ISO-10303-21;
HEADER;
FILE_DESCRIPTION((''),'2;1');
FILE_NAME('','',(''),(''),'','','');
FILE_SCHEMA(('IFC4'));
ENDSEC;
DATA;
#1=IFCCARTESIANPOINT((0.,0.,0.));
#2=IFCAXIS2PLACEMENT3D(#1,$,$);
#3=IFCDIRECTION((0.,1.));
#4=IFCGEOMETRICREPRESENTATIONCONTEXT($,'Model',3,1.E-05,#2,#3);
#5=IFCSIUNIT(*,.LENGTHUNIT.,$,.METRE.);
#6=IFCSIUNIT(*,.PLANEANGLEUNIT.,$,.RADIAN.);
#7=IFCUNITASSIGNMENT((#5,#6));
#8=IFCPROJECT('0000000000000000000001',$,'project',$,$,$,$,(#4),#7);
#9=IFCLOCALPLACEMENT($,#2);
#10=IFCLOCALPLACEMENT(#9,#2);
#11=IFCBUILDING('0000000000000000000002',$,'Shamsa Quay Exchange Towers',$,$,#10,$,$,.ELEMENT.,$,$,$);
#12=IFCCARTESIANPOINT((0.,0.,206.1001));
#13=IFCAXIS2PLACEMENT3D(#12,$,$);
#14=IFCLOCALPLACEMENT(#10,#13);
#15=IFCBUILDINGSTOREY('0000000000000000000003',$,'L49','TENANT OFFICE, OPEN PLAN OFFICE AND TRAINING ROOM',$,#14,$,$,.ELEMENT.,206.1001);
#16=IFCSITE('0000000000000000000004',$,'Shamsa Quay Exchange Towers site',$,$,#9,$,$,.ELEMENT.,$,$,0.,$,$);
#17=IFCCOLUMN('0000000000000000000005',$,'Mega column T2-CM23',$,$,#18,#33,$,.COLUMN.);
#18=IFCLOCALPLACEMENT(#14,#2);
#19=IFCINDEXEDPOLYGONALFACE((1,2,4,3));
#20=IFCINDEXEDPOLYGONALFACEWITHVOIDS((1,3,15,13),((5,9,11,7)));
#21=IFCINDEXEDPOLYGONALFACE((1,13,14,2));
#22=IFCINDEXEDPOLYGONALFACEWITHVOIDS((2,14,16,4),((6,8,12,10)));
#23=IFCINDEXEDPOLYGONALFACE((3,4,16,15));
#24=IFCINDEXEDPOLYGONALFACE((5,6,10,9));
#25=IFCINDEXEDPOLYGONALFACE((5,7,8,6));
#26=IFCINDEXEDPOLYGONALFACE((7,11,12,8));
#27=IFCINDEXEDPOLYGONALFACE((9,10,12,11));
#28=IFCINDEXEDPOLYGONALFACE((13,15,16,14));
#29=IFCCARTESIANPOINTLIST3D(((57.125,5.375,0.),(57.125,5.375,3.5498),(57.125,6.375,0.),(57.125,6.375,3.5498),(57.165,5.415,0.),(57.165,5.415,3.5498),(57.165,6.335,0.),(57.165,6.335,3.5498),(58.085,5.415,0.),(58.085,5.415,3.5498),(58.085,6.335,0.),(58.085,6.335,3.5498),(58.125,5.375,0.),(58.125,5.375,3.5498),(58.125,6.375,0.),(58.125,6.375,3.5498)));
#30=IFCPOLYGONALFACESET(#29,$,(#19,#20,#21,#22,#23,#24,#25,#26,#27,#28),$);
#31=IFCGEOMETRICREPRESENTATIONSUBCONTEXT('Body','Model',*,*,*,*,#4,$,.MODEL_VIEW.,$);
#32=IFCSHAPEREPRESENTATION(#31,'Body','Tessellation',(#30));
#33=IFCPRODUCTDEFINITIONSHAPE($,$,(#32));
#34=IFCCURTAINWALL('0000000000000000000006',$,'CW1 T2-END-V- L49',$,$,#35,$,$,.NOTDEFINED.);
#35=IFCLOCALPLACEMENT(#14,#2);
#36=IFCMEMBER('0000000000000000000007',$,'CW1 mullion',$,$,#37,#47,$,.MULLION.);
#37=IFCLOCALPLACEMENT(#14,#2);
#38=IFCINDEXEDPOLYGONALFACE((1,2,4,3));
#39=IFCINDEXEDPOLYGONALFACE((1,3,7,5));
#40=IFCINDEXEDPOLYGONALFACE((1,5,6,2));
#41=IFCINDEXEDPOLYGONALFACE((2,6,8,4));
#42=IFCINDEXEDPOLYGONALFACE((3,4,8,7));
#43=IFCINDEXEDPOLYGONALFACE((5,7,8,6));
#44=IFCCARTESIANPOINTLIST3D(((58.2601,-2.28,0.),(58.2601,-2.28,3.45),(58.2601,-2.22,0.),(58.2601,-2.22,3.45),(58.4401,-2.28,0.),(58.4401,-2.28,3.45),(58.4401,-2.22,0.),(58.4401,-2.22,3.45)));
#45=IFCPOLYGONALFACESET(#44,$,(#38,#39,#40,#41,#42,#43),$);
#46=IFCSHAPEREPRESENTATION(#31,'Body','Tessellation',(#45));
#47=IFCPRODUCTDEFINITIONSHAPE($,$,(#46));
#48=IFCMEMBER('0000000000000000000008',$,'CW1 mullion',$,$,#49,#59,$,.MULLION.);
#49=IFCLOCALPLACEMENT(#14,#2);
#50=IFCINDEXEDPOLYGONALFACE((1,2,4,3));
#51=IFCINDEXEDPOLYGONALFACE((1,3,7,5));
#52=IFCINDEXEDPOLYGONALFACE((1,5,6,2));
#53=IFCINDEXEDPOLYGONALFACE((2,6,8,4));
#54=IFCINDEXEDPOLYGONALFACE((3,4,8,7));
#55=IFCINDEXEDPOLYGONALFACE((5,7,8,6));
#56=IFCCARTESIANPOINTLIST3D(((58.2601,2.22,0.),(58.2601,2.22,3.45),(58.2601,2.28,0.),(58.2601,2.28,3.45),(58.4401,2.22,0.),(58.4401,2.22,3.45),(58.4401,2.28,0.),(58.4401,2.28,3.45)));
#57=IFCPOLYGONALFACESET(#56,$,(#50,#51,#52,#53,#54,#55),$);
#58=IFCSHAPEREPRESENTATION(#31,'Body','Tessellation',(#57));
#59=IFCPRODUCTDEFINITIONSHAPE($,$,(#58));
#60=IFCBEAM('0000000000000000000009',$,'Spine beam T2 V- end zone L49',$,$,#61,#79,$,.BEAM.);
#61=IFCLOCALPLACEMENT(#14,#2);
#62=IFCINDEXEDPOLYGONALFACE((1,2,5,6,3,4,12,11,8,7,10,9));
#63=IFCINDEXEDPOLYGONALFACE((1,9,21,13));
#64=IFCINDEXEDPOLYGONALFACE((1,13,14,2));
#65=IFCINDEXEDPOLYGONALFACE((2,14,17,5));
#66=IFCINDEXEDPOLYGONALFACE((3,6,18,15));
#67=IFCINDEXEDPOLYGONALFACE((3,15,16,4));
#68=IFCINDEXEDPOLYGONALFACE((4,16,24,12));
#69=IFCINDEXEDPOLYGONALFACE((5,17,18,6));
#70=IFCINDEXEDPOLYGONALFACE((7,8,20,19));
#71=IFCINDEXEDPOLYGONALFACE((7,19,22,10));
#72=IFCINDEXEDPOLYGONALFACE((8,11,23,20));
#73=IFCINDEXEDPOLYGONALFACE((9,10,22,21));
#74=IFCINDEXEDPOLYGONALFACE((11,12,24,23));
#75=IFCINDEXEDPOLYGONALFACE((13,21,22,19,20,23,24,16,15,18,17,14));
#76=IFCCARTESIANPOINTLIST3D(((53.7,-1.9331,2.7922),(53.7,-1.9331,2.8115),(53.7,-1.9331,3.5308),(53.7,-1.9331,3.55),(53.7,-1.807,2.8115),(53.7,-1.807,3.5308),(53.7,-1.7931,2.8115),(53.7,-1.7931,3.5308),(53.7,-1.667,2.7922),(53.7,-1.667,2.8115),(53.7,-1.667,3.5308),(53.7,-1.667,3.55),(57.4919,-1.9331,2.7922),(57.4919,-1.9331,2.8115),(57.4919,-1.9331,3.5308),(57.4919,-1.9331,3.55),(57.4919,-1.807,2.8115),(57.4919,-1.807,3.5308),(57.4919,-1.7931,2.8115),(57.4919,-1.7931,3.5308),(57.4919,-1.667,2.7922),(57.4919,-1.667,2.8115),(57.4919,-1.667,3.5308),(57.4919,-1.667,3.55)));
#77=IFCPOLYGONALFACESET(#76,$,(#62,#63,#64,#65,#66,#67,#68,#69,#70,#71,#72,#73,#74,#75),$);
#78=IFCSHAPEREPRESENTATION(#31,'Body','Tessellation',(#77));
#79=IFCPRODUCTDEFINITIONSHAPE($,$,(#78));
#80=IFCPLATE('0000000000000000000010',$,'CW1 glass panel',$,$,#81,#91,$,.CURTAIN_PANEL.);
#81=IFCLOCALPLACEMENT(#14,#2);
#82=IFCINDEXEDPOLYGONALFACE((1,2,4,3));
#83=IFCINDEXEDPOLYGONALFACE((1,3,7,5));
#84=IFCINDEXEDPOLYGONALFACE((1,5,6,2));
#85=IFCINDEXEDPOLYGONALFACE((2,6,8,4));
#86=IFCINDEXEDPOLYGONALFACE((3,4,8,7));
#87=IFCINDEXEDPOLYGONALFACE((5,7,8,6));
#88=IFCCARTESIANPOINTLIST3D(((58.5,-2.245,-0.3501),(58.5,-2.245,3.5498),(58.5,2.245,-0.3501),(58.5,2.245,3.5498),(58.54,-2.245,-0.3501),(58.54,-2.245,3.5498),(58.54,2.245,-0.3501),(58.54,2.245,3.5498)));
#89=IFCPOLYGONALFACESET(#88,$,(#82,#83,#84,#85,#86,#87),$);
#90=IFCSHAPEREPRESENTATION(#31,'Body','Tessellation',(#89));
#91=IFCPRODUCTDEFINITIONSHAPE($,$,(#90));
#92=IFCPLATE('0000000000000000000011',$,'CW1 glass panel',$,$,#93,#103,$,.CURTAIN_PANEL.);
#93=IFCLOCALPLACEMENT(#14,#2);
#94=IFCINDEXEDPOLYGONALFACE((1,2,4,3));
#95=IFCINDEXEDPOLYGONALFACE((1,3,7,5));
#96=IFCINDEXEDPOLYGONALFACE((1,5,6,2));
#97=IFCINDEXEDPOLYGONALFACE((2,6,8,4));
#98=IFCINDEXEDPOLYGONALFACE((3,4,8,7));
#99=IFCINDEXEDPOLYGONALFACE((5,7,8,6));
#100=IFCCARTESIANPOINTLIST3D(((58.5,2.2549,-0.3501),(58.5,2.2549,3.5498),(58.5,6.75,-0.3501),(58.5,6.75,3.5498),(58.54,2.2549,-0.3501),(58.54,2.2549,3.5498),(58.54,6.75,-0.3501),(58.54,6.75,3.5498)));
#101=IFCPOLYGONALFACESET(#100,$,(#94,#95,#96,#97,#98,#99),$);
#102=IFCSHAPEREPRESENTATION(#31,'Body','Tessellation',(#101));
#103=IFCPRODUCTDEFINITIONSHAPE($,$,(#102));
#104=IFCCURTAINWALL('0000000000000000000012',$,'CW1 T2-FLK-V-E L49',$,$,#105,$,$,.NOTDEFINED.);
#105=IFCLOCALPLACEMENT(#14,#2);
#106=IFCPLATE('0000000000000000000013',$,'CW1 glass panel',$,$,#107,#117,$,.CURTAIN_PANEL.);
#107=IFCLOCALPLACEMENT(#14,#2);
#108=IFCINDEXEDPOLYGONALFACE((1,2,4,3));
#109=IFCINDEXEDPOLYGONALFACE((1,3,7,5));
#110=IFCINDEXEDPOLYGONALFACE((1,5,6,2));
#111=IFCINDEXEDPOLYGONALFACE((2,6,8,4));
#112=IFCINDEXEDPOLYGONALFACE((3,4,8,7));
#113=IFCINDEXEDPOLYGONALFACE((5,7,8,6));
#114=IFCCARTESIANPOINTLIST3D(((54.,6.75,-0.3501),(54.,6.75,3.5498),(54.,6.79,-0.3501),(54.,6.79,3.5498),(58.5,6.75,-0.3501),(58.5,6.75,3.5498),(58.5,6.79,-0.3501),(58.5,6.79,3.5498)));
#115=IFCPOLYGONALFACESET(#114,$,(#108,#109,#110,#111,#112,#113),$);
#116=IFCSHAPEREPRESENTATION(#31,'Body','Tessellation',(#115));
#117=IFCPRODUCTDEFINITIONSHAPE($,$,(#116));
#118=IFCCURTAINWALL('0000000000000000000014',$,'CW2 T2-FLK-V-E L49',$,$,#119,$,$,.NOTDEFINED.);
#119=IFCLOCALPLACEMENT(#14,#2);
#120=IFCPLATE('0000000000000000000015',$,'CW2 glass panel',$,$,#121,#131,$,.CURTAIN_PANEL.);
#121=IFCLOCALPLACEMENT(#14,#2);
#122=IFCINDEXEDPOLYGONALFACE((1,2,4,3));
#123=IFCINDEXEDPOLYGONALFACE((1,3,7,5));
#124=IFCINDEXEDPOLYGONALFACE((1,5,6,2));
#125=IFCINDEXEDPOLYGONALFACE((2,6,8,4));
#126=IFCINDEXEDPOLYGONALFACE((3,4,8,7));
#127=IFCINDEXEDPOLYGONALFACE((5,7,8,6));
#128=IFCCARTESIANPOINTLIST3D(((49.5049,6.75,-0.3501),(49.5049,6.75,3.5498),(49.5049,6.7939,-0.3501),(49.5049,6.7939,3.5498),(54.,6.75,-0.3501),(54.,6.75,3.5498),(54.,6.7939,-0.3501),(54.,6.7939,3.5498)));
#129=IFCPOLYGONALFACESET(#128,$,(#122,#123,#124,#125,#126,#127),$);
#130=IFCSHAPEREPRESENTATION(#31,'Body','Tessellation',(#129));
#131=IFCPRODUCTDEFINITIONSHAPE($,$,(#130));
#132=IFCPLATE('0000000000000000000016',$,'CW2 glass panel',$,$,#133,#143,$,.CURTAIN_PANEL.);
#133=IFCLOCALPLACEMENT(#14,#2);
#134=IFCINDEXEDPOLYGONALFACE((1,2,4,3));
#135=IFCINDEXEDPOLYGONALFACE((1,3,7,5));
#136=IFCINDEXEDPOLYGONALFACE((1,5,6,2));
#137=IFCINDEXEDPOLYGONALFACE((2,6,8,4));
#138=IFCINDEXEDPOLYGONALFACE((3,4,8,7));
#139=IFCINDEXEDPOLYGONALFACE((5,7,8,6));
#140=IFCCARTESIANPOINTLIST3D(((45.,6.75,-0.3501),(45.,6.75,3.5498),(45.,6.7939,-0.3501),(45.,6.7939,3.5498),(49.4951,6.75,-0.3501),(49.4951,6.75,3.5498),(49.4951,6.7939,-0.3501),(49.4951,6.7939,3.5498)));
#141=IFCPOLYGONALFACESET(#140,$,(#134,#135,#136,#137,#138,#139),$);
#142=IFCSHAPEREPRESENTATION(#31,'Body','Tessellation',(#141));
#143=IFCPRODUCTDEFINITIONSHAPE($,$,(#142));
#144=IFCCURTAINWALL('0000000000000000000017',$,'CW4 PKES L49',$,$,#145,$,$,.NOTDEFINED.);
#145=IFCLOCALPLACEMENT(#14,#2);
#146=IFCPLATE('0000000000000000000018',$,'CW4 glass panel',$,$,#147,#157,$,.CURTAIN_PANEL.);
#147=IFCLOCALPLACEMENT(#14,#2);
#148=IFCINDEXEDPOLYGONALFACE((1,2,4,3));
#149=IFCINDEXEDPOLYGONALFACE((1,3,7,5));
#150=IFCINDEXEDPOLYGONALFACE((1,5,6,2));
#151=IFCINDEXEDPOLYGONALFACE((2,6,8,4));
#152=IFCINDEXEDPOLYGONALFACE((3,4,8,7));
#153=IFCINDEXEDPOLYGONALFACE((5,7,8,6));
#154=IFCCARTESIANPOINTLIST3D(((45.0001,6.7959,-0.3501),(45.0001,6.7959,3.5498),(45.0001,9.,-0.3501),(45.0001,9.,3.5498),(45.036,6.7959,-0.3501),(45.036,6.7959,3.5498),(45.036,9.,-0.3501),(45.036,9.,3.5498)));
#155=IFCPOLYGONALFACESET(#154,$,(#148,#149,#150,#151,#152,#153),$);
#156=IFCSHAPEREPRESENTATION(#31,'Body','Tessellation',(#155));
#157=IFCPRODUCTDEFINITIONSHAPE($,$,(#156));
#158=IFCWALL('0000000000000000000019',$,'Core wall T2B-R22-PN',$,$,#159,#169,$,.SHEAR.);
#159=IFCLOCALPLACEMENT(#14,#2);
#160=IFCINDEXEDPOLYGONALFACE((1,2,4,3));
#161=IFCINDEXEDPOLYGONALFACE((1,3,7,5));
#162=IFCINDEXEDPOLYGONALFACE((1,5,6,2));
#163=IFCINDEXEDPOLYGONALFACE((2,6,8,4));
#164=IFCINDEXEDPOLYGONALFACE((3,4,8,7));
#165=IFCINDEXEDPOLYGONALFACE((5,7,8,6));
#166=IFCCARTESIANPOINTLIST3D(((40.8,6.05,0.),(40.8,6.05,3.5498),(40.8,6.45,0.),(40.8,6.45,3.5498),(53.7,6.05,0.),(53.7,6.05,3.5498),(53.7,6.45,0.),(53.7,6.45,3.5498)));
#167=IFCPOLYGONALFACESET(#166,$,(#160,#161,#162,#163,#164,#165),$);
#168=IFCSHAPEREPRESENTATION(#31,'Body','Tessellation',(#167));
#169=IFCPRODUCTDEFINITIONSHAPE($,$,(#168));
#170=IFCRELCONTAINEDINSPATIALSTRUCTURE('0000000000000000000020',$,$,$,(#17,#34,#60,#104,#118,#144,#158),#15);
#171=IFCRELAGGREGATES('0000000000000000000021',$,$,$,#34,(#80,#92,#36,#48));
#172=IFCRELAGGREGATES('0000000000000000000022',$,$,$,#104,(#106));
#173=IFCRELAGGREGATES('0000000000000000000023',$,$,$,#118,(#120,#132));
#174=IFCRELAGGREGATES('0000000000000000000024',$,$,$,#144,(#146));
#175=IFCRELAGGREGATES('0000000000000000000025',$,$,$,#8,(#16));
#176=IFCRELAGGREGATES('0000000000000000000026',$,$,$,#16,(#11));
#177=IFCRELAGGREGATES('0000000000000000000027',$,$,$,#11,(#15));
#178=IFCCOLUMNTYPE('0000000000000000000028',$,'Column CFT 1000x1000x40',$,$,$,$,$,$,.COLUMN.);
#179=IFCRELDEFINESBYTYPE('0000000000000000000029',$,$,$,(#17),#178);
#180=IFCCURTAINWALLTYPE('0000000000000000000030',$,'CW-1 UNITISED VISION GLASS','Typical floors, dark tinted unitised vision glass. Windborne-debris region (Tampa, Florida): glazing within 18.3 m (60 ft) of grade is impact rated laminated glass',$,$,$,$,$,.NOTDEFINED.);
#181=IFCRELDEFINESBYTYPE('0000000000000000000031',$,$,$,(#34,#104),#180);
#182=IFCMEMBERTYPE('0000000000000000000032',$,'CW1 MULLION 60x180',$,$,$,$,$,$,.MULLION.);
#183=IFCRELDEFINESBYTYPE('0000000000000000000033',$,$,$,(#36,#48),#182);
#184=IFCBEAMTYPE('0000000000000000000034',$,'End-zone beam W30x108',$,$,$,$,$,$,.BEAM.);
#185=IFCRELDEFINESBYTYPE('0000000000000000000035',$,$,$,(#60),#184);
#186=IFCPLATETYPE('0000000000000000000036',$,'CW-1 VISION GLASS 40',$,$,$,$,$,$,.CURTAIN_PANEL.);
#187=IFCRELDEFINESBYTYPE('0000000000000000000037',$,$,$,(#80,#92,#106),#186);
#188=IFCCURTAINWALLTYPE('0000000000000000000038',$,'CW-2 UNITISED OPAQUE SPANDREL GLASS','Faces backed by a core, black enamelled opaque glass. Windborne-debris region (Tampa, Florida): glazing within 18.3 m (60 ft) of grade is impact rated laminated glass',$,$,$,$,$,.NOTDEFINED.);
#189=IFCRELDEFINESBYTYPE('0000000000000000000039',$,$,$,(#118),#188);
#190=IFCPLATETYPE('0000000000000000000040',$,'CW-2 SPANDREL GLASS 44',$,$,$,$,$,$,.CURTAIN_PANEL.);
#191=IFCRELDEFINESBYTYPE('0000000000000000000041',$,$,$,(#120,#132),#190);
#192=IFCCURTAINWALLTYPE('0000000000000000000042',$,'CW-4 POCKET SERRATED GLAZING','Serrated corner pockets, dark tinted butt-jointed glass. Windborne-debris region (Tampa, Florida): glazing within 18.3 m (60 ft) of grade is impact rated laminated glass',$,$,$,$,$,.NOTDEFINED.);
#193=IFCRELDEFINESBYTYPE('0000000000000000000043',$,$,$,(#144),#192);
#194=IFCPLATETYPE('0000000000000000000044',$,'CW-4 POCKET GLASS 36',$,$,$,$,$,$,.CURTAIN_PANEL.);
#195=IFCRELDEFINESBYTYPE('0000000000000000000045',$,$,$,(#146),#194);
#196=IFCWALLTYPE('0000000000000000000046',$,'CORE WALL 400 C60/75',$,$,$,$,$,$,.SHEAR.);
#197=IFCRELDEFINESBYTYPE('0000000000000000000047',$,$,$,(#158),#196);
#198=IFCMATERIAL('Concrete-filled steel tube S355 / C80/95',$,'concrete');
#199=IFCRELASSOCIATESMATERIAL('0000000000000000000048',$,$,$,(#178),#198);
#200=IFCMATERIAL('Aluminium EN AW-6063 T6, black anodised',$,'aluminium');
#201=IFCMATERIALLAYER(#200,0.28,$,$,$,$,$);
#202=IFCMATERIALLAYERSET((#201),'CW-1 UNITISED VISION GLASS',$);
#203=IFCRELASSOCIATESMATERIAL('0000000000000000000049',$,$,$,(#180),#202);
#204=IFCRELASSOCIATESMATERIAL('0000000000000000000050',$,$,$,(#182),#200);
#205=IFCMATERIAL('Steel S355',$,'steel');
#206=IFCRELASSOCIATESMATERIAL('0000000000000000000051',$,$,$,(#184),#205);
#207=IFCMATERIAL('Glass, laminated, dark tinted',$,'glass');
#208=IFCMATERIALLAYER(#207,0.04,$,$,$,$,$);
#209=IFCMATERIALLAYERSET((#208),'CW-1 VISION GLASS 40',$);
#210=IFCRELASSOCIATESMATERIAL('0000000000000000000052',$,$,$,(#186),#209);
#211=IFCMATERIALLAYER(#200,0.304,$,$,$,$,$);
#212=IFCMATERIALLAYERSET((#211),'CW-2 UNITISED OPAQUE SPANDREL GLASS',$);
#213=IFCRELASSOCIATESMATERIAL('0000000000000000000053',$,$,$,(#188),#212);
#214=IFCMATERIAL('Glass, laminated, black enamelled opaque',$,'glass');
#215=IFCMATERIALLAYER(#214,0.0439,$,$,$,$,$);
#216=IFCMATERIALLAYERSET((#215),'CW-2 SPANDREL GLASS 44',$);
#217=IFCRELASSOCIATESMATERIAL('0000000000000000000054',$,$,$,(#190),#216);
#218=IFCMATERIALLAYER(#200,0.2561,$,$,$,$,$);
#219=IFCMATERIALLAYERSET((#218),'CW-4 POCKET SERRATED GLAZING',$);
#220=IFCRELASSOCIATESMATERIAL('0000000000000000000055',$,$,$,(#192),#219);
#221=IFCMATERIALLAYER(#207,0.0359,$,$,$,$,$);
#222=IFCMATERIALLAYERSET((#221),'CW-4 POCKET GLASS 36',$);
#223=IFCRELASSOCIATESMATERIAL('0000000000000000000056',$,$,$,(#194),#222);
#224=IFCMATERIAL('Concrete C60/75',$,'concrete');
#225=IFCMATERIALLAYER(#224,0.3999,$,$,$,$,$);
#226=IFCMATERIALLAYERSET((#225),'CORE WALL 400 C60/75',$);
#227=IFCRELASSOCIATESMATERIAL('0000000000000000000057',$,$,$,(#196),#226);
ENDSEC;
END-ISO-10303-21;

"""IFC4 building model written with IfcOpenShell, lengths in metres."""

from ifc_helpers import new_model, si_unit, direction, frame, frame_2d, origin, origin_2d, place, context, subcontext, project, spatial, rectangle, hollow_rectangle, i_section, extrude, material, layer, layer_set, material_profile, profile_set, type_object, element, aggregate, save


model = new_model("IFC4")

# Units and contexts
model_context = context("Model", 3, precision=1e-05, world=origin(), true_north=direction((0.0, 1.0)))
body_context = subcontext(model_context, "Body", "Model", "MODEL_VIEW")
ifc_project = project(units=[si_unit("LENGTHUNIT", "METRE"), si_unit("PLANEANGLEUNIT", "RADIAN")], contexts=[model_context])

# Site, building, storey
site_placement = place(None, origin())
site = spatial("IfcSite", under=ifc_project, at=site_placement, Name="Shamsa Quay Exchange Towers site", CompositionType="ELEMENT", RefElevation=0.0)
building_placement = place(site_placement, origin())
building = spatial("IfcBuilding", under=site, at=building_placement, Name="Shamsa Quay Exchange Towers", CompositionType="ELEMENT")
storey_placement = place(building_placement, frame((0.0, 0.0, 206.1001)))
storey = spatial("IfcBuildingStorey", under=building, at=storey_placement, Name="L49", Description="TENANT OFFICE, OPEN PLAN OFFICE AND TRAINING ROOM", CompositionType="ELEMENT", Elevation=206.1001)

# Column
ifc_material_1 = material(Name="Concrete-filled steel tube S355 / C80/95", Category="concrete")
ifc_material_profile_1 = material_profile(ifc_material_1, hollow_rectangle(XDim=1.0, YDim=1.0, WallThickness=0.04, at=origin_2d()), Name="CFT 1000x1000x40")
ifc_profile_set_1 = profile_set([ifc_material_profile_1], Name="Concrete-filled steel tube S355 / C80/95")
column_type = type_object("IfcColumnType", Name="Column CFT 1000x1000x40", PredefinedType="COLUMN", material=ifc_profile_set_1)
column_placement = place(storey_placement, frame((57.625, 5.875, 0.0)))
element("IfcColumn", 1, at=column_placement, inside=storey, type_object=column_type, Name="Mega column T2-CM23", PredefinedType="COLUMN", context=body_context, shape_type="SweptSolid", body=[
    extrude(hollow_rectangle(XDim=1.0, YDim=1.0, WallThickness=0.04, at=origin_2d()), origin(), (0.0, 0.0, 1.0), 3.5498),
])

# Curtain wall, members
ifc_material_2 = material(Name="Aluminium EN AW-6063 T6, black anodised", Category="aluminium")
ifc_layer_1 = layer(ifc_material_2, 0.28)
ifc_layer_set_1 = layer_set([ifc_layer_1], Name="CW-1 UNITISED VISION GLASS")
curtain_wall_type_1 = type_object("IfcCurtainWallType", Name="CW-1 UNITISED VISION GLASS", Description="Typical floors, dark tinted unitised vision glass. Windborne-debris region (Tampa, Florida): glazing within 18.3 m (60 ft) of grade is impact rated laminated glass", PredefinedType="NOTDEFINED", material=ifc_layer_set_1)
curtain_wall_1_placement = place(storey_placement, origin())
curtain_wall_1 = element("IfcCurtainWall", 2, at=curtain_wall_1_placement, inside=storey, type_object=curtain_wall_type_1, Name="CW1 T2-END-V- L49", PredefinedType="NOTDEFINED")
ifc_material_profile_2 = material_profile(ifc_material_2, rectangle(XDim=0.1799, YDim=0.0601, at=origin_2d()), Name="MU60x180")
ifc_profile_set_2 = profile_set([ifc_material_profile_2], Name="Aluminium EN AW-6063 T6, black anodised")
member_type = type_object("IfcMemberType", Name="CW1 MULLION 60x180", PredefinedType="MULLION", material=ifc_profile_set_2)
member_1_placement = place(storey_placement, frame((58.3501, -2.25, 0.0), z_axis=(0.0, 0.0, 1.0), x_axis=(-1.0, 0.0, 0.0)))
member_1 = element("IfcMember", 3, at=member_1_placement, type_object=member_type, Name="CW1 mullion", PredefinedType="MULLION", context=body_context, shape_type="SweptSolid", body=[
    extrude(rectangle(XDim=0.1799, YDim=0.0601, at=origin_2d()), origin(), (0.0, 0.0, 1.0), 3.45),
])
member_2_placement = place(storey_placement, frame((58.3501, 2.25, 0.0), z_axis=(0.0, 0.0, 1.0), x_axis=(-1.0, 0.0, 0.0)))
member_2 = element("IfcMember", 4, at=member_2_placement, type_object=member_type, Name="CW1 mullion", PredefinedType="MULLION", context=body_context, shape_type="SweptSolid", body=[
    extrude(rectangle(XDim=0.1799, YDim=0.0601, at=origin_2d()), origin(), (0.0, 0.0, 1.0), 3.45),
])

# Beam
ifc_material_3 = material(Name="Steel S355", Category="steel")
ifc_material_profile_3 = material_profile(ifc_material_3, i_section(OverallWidth=0.2661, OverallDepth=0.7578, WebThickness=0.0139, FlangeThickness=0.0193, at=origin_2d()), Name="W30x108")
ifc_profile_set_3 = profile_set([ifc_material_profile_3], Name="Steel S355")
beam_type = type_object("IfcBeamType", Name="End-zone beam W30x108", PredefinedType="BEAM", material=ifc_profile_set_3)
beam_placement = place(storey_placement, frame((53.7, -1.8, 3.1711), z_axis=(1.0, 0.0, 0.0), x_axis=(0.0, 1.0, 0.0)))
element("IfcBeam", 5, at=beam_placement, inside=storey, type_object=beam_type, Name="Spine beam T2 V- end zone L49", PredefinedType="BEAM", context=body_context, shape_type="SweptSolid", body=[
    extrude(i_section(OverallWidth=0.2661, OverallDepth=0.7578, WebThickness=0.0139, FlangeThickness=0.0193, at=origin_2d()), origin(), (0.0, 0.0, 1.0), 3.792),
])

# Plates
ifc_material_4 = material(Name="Glass, laminated, dark tinted", Category="glass")
ifc_layer_2 = layer(ifc_material_4, 0.04)
ifc_layer_set_2 = layer_set([ifc_layer_2], Name="CW-1 VISION GLASS 40")
plate_type_1 = type_object("IfcPlateType", Name="CW-1 VISION GLASS 40", PredefinedType="CURTAIN_PANEL", material=ifc_layer_set_2)
plate_1_placement = place(storey_placement, frame((58.52, 0.0, -0.3501), z_axis=(0.0, 0.0, 1.0), x_axis=(0.0, 1.0, 0.0)))
plate_1 = element("IfcPlate", 6, at=plate_1_placement, type_object=plate_type_1, Name="CW1 glass panel", PredefinedType="CURTAIN_PANEL", context=body_context, shape_type="SweptSolid", body=[
    extrude(rectangle(XDim=4.49, YDim=0.04, at=origin_2d()), origin(), (0.0, 0.0, 1.0), 3.8999),
])
plate_2_placement = place(storey_placement, frame((58.52, 4.5024, -0.3501), z_axis=(0.0, 0.0, 1.0), x_axis=(0.0, 1.0, 0.0)))
plate_2 = element("IfcPlate", 7, at=plate_2_placement, type_object=plate_type_1, Name="CW1 glass panel", PredefinedType="CURTAIN_PANEL", context=body_context, shape_type="SweptSolid", body=[
    extrude(rectangle(XDim=4.4951, YDim=0.04, at=origin_2d()), origin(), (0.0, 0.0, 1.0), 3.8999),
])
aggregate(curtain_wall_1, [plate_1, plate_2, member_1, member_2])

# Curtain wall, plate
curtain_wall_2_placement = place(storey_placement, origin())
curtain_wall_2 = element("IfcCurtainWall", 8, at=curtain_wall_2_placement, inside=storey, type_object=curtain_wall_type_1, Name="CW1 T2-FLK-V-E L49", PredefinedType="NOTDEFINED")
plate_3_placement = place(storey_placement, frame((56.25, 6.77, -0.3501), z_axis=(0.0, 0.0, 1.0), x_axis=(-1.0, 0.0, 0.0)))
plate_3 = element("IfcPlate", 9, at=plate_3_placement, type_object=plate_type_1, Name="CW1 glass panel", PredefinedType="CURTAIN_PANEL", context=body_context, shape_type="SweptSolid", body=[
    extrude(rectangle(XDim=4.5, YDim=0.04, at=origin_2d()), origin(), (0.0, 0.0, 1.0), 3.8999),
])
aggregate(curtain_wall_2, [plate_3])

# Curtain wall, plates
ifc_layer_3 = layer(ifc_material_2, 0.304)
ifc_layer_set_3 = layer_set([ifc_layer_3], Name="CW-2 UNITISED OPAQUE SPANDREL GLASS")
curtain_wall_type_2 = type_object("IfcCurtainWallType", Name="CW-2 UNITISED OPAQUE SPANDREL GLASS", Description="Faces backed by a core, black enamelled opaque glass. Windborne-debris region (Tampa, Florida): glazing within 18.3 m (60 ft) of grade is impact rated laminated glass", PredefinedType="NOTDEFINED", material=ifc_layer_set_3)
curtain_wall_3_placement = place(storey_placement, origin())
curtain_wall_3 = element("IfcCurtainWall", 10, at=curtain_wall_3_placement, inside=storey, type_object=curtain_wall_type_2, Name="CW2 T2-FLK-V-E L49", PredefinedType="NOTDEFINED")
ifc_material_5 = material(Name="Glass, laminated, black enamelled opaque", Category="glass")
ifc_layer_4 = layer(ifc_material_5, 0.0439)
ifc_layer_set_4 = layer_set([ifc_layer_4], Name="CW-2 SPANDREL GLASS 44")
plate_type_2 = type_object("IfcPlateType", Name="CW-2 SPANDREL GLASS 44", PredefinedType="CURTAIN_PANEL", material=ifc_layer_set_4)
plate_4_placement = place(storey_placement, frame((51.7524, 6.772, -0.3501), z_axis=(0.0, 0.0, 1.0), x_axis=(-1.0, 0.0, 0.0)))
plate_4 = element("IfcPlate", 11, at=plate_4_placement, type_object=plate_type_2, Name="CW2 glass panel", PredefinedType="CURTAIN_PANEL", context=body_context, shape_type="SweptSolid", body=[
    extrude(rectangle(XDim=4.4951, YDim=0.0439, at=origin_2d()), origin(), (0.0, 0.0, 1.0), 3.8999),
])
plate_5_placement = place(storey_placement, frame((47.2476, 6.772, -0.3501), z_axis=(0.0, 0.0, 1.0), x_axis=(-1.0, 0.0, 0.0)))
plate_5 = element("IfcPlate", 12, at=plate_5_placement, type_object=plate_type_2, Name="CW2 glass panel", PredefinedType="CURTAIN_PANEL", context=body_context, shape_type="SweptSolid", body=[
    extrude(rectangle(XDim=4.4951, YDim=0.0439, at=origin_2d()), origin(), (0.0, 0.0, 1.0), 3.8999),
])
aggregate(curtain_wall_3, [plate_4, plate_5])

# Curtain wall, plate
ifc_layer_5 = layer(ifc_material_2, 0.2561)
ifc_layer_set_5 = layer_set([ifc_layer_5], Name="CW-4 POCKET SERRATED GLAZING")
curtain_wall_type_3 = type_object("IfcCurtainWallType", Name="CW-4 POCKET SERRATED GLAZING", Description="Serrated corner pockets, dark tinted butt-jointed glass. Windborne-debris region (Tampa, Florida): glazing within 18.3 m (60 ft) of grade is impact rated laminated glass", PredefinedType="NOTDEFINED", material=ifc_layer_set_5)
curtain_wall_4_placement = place(storey_placement, origin())
curtain_wall_4 = element("IfcCurtainWall", 13, at=curtain_wall_4_placement, inside=storey, type_object=curtain_wall_type_3, Name="CW4 PKES L49", PredefinedType="NOTDEFINED")
ifc_layer_6 = layer(ifc_material_4, 0.0359)
ifc_layer_set_6 = layer_set([ifc_layer_6], Name="CW-4 POCKET GLASS 36")
plate_type_3 = type_object("IfcPlateType", Name="CW-4 POCKET GLASS 36", PredefinedType="CURTAIN_PANEL", material=ifc_layer_set_6)
plate_6_placement = place(storey_placement, frame((45.0181, 7.8979, -0.3501), z_axis=(0.0, 0.0, 1.0), x_axis=(0.0, 1.0, 0.0)))
plate_6 = element("IfcPlate", 14, at=plate_6_placement, type_object=plate_type_3, Name="CW4 glass panel", PredefinedType="CURTAIN_PANEL", context=body_context, shape_type="SweptSolid", body=[
    extrude(rectangle(XDim=2.2041, YDim=0.0359, at=origin_2d()), origin(), (0.0, 0.0, 1.0), 3.8999),
])
aggregate(curtain_wall_4, [plate_6])

# Wall
ifc_material_6 = material(Name="Concrete C60/75", Category="concrete")
ifc_layer_7 = layer(ifc_material_6, 0.3999)
ifc_layer_set_7 = layer_set([ifc_layer_7], Name="CORE WALL 400 C60/75")
wall_type_1 = type_object("IfcWallType", Name="CORE WALL 400 C60/75", PredefinedType="SHEAR", material=ifc_layer_set_7)
wall_1_placement = place(storey_placement, frame((53.7, 6.25, 0.0), z_axis=(0.0, 0.0, 1.0), x_axis=(-1.0, 0.0, 0.0)))
element("IfcWall", 15, at=wall_1_placement, inside=storey, type_object=wall_type_1, Name="Core wall T2B-R22-PN", PredefinedType="SHEAR", context=body_context, shape_type="SweptSolid", body=[
    extrude(rectangle(XDim=12.8999, YDim=0.3999, at=frame_2d((6.45, 0.0))), origin(), (0.0, 0.0, 1.0), 3.5498),
])

save(model, "model.ifc")
